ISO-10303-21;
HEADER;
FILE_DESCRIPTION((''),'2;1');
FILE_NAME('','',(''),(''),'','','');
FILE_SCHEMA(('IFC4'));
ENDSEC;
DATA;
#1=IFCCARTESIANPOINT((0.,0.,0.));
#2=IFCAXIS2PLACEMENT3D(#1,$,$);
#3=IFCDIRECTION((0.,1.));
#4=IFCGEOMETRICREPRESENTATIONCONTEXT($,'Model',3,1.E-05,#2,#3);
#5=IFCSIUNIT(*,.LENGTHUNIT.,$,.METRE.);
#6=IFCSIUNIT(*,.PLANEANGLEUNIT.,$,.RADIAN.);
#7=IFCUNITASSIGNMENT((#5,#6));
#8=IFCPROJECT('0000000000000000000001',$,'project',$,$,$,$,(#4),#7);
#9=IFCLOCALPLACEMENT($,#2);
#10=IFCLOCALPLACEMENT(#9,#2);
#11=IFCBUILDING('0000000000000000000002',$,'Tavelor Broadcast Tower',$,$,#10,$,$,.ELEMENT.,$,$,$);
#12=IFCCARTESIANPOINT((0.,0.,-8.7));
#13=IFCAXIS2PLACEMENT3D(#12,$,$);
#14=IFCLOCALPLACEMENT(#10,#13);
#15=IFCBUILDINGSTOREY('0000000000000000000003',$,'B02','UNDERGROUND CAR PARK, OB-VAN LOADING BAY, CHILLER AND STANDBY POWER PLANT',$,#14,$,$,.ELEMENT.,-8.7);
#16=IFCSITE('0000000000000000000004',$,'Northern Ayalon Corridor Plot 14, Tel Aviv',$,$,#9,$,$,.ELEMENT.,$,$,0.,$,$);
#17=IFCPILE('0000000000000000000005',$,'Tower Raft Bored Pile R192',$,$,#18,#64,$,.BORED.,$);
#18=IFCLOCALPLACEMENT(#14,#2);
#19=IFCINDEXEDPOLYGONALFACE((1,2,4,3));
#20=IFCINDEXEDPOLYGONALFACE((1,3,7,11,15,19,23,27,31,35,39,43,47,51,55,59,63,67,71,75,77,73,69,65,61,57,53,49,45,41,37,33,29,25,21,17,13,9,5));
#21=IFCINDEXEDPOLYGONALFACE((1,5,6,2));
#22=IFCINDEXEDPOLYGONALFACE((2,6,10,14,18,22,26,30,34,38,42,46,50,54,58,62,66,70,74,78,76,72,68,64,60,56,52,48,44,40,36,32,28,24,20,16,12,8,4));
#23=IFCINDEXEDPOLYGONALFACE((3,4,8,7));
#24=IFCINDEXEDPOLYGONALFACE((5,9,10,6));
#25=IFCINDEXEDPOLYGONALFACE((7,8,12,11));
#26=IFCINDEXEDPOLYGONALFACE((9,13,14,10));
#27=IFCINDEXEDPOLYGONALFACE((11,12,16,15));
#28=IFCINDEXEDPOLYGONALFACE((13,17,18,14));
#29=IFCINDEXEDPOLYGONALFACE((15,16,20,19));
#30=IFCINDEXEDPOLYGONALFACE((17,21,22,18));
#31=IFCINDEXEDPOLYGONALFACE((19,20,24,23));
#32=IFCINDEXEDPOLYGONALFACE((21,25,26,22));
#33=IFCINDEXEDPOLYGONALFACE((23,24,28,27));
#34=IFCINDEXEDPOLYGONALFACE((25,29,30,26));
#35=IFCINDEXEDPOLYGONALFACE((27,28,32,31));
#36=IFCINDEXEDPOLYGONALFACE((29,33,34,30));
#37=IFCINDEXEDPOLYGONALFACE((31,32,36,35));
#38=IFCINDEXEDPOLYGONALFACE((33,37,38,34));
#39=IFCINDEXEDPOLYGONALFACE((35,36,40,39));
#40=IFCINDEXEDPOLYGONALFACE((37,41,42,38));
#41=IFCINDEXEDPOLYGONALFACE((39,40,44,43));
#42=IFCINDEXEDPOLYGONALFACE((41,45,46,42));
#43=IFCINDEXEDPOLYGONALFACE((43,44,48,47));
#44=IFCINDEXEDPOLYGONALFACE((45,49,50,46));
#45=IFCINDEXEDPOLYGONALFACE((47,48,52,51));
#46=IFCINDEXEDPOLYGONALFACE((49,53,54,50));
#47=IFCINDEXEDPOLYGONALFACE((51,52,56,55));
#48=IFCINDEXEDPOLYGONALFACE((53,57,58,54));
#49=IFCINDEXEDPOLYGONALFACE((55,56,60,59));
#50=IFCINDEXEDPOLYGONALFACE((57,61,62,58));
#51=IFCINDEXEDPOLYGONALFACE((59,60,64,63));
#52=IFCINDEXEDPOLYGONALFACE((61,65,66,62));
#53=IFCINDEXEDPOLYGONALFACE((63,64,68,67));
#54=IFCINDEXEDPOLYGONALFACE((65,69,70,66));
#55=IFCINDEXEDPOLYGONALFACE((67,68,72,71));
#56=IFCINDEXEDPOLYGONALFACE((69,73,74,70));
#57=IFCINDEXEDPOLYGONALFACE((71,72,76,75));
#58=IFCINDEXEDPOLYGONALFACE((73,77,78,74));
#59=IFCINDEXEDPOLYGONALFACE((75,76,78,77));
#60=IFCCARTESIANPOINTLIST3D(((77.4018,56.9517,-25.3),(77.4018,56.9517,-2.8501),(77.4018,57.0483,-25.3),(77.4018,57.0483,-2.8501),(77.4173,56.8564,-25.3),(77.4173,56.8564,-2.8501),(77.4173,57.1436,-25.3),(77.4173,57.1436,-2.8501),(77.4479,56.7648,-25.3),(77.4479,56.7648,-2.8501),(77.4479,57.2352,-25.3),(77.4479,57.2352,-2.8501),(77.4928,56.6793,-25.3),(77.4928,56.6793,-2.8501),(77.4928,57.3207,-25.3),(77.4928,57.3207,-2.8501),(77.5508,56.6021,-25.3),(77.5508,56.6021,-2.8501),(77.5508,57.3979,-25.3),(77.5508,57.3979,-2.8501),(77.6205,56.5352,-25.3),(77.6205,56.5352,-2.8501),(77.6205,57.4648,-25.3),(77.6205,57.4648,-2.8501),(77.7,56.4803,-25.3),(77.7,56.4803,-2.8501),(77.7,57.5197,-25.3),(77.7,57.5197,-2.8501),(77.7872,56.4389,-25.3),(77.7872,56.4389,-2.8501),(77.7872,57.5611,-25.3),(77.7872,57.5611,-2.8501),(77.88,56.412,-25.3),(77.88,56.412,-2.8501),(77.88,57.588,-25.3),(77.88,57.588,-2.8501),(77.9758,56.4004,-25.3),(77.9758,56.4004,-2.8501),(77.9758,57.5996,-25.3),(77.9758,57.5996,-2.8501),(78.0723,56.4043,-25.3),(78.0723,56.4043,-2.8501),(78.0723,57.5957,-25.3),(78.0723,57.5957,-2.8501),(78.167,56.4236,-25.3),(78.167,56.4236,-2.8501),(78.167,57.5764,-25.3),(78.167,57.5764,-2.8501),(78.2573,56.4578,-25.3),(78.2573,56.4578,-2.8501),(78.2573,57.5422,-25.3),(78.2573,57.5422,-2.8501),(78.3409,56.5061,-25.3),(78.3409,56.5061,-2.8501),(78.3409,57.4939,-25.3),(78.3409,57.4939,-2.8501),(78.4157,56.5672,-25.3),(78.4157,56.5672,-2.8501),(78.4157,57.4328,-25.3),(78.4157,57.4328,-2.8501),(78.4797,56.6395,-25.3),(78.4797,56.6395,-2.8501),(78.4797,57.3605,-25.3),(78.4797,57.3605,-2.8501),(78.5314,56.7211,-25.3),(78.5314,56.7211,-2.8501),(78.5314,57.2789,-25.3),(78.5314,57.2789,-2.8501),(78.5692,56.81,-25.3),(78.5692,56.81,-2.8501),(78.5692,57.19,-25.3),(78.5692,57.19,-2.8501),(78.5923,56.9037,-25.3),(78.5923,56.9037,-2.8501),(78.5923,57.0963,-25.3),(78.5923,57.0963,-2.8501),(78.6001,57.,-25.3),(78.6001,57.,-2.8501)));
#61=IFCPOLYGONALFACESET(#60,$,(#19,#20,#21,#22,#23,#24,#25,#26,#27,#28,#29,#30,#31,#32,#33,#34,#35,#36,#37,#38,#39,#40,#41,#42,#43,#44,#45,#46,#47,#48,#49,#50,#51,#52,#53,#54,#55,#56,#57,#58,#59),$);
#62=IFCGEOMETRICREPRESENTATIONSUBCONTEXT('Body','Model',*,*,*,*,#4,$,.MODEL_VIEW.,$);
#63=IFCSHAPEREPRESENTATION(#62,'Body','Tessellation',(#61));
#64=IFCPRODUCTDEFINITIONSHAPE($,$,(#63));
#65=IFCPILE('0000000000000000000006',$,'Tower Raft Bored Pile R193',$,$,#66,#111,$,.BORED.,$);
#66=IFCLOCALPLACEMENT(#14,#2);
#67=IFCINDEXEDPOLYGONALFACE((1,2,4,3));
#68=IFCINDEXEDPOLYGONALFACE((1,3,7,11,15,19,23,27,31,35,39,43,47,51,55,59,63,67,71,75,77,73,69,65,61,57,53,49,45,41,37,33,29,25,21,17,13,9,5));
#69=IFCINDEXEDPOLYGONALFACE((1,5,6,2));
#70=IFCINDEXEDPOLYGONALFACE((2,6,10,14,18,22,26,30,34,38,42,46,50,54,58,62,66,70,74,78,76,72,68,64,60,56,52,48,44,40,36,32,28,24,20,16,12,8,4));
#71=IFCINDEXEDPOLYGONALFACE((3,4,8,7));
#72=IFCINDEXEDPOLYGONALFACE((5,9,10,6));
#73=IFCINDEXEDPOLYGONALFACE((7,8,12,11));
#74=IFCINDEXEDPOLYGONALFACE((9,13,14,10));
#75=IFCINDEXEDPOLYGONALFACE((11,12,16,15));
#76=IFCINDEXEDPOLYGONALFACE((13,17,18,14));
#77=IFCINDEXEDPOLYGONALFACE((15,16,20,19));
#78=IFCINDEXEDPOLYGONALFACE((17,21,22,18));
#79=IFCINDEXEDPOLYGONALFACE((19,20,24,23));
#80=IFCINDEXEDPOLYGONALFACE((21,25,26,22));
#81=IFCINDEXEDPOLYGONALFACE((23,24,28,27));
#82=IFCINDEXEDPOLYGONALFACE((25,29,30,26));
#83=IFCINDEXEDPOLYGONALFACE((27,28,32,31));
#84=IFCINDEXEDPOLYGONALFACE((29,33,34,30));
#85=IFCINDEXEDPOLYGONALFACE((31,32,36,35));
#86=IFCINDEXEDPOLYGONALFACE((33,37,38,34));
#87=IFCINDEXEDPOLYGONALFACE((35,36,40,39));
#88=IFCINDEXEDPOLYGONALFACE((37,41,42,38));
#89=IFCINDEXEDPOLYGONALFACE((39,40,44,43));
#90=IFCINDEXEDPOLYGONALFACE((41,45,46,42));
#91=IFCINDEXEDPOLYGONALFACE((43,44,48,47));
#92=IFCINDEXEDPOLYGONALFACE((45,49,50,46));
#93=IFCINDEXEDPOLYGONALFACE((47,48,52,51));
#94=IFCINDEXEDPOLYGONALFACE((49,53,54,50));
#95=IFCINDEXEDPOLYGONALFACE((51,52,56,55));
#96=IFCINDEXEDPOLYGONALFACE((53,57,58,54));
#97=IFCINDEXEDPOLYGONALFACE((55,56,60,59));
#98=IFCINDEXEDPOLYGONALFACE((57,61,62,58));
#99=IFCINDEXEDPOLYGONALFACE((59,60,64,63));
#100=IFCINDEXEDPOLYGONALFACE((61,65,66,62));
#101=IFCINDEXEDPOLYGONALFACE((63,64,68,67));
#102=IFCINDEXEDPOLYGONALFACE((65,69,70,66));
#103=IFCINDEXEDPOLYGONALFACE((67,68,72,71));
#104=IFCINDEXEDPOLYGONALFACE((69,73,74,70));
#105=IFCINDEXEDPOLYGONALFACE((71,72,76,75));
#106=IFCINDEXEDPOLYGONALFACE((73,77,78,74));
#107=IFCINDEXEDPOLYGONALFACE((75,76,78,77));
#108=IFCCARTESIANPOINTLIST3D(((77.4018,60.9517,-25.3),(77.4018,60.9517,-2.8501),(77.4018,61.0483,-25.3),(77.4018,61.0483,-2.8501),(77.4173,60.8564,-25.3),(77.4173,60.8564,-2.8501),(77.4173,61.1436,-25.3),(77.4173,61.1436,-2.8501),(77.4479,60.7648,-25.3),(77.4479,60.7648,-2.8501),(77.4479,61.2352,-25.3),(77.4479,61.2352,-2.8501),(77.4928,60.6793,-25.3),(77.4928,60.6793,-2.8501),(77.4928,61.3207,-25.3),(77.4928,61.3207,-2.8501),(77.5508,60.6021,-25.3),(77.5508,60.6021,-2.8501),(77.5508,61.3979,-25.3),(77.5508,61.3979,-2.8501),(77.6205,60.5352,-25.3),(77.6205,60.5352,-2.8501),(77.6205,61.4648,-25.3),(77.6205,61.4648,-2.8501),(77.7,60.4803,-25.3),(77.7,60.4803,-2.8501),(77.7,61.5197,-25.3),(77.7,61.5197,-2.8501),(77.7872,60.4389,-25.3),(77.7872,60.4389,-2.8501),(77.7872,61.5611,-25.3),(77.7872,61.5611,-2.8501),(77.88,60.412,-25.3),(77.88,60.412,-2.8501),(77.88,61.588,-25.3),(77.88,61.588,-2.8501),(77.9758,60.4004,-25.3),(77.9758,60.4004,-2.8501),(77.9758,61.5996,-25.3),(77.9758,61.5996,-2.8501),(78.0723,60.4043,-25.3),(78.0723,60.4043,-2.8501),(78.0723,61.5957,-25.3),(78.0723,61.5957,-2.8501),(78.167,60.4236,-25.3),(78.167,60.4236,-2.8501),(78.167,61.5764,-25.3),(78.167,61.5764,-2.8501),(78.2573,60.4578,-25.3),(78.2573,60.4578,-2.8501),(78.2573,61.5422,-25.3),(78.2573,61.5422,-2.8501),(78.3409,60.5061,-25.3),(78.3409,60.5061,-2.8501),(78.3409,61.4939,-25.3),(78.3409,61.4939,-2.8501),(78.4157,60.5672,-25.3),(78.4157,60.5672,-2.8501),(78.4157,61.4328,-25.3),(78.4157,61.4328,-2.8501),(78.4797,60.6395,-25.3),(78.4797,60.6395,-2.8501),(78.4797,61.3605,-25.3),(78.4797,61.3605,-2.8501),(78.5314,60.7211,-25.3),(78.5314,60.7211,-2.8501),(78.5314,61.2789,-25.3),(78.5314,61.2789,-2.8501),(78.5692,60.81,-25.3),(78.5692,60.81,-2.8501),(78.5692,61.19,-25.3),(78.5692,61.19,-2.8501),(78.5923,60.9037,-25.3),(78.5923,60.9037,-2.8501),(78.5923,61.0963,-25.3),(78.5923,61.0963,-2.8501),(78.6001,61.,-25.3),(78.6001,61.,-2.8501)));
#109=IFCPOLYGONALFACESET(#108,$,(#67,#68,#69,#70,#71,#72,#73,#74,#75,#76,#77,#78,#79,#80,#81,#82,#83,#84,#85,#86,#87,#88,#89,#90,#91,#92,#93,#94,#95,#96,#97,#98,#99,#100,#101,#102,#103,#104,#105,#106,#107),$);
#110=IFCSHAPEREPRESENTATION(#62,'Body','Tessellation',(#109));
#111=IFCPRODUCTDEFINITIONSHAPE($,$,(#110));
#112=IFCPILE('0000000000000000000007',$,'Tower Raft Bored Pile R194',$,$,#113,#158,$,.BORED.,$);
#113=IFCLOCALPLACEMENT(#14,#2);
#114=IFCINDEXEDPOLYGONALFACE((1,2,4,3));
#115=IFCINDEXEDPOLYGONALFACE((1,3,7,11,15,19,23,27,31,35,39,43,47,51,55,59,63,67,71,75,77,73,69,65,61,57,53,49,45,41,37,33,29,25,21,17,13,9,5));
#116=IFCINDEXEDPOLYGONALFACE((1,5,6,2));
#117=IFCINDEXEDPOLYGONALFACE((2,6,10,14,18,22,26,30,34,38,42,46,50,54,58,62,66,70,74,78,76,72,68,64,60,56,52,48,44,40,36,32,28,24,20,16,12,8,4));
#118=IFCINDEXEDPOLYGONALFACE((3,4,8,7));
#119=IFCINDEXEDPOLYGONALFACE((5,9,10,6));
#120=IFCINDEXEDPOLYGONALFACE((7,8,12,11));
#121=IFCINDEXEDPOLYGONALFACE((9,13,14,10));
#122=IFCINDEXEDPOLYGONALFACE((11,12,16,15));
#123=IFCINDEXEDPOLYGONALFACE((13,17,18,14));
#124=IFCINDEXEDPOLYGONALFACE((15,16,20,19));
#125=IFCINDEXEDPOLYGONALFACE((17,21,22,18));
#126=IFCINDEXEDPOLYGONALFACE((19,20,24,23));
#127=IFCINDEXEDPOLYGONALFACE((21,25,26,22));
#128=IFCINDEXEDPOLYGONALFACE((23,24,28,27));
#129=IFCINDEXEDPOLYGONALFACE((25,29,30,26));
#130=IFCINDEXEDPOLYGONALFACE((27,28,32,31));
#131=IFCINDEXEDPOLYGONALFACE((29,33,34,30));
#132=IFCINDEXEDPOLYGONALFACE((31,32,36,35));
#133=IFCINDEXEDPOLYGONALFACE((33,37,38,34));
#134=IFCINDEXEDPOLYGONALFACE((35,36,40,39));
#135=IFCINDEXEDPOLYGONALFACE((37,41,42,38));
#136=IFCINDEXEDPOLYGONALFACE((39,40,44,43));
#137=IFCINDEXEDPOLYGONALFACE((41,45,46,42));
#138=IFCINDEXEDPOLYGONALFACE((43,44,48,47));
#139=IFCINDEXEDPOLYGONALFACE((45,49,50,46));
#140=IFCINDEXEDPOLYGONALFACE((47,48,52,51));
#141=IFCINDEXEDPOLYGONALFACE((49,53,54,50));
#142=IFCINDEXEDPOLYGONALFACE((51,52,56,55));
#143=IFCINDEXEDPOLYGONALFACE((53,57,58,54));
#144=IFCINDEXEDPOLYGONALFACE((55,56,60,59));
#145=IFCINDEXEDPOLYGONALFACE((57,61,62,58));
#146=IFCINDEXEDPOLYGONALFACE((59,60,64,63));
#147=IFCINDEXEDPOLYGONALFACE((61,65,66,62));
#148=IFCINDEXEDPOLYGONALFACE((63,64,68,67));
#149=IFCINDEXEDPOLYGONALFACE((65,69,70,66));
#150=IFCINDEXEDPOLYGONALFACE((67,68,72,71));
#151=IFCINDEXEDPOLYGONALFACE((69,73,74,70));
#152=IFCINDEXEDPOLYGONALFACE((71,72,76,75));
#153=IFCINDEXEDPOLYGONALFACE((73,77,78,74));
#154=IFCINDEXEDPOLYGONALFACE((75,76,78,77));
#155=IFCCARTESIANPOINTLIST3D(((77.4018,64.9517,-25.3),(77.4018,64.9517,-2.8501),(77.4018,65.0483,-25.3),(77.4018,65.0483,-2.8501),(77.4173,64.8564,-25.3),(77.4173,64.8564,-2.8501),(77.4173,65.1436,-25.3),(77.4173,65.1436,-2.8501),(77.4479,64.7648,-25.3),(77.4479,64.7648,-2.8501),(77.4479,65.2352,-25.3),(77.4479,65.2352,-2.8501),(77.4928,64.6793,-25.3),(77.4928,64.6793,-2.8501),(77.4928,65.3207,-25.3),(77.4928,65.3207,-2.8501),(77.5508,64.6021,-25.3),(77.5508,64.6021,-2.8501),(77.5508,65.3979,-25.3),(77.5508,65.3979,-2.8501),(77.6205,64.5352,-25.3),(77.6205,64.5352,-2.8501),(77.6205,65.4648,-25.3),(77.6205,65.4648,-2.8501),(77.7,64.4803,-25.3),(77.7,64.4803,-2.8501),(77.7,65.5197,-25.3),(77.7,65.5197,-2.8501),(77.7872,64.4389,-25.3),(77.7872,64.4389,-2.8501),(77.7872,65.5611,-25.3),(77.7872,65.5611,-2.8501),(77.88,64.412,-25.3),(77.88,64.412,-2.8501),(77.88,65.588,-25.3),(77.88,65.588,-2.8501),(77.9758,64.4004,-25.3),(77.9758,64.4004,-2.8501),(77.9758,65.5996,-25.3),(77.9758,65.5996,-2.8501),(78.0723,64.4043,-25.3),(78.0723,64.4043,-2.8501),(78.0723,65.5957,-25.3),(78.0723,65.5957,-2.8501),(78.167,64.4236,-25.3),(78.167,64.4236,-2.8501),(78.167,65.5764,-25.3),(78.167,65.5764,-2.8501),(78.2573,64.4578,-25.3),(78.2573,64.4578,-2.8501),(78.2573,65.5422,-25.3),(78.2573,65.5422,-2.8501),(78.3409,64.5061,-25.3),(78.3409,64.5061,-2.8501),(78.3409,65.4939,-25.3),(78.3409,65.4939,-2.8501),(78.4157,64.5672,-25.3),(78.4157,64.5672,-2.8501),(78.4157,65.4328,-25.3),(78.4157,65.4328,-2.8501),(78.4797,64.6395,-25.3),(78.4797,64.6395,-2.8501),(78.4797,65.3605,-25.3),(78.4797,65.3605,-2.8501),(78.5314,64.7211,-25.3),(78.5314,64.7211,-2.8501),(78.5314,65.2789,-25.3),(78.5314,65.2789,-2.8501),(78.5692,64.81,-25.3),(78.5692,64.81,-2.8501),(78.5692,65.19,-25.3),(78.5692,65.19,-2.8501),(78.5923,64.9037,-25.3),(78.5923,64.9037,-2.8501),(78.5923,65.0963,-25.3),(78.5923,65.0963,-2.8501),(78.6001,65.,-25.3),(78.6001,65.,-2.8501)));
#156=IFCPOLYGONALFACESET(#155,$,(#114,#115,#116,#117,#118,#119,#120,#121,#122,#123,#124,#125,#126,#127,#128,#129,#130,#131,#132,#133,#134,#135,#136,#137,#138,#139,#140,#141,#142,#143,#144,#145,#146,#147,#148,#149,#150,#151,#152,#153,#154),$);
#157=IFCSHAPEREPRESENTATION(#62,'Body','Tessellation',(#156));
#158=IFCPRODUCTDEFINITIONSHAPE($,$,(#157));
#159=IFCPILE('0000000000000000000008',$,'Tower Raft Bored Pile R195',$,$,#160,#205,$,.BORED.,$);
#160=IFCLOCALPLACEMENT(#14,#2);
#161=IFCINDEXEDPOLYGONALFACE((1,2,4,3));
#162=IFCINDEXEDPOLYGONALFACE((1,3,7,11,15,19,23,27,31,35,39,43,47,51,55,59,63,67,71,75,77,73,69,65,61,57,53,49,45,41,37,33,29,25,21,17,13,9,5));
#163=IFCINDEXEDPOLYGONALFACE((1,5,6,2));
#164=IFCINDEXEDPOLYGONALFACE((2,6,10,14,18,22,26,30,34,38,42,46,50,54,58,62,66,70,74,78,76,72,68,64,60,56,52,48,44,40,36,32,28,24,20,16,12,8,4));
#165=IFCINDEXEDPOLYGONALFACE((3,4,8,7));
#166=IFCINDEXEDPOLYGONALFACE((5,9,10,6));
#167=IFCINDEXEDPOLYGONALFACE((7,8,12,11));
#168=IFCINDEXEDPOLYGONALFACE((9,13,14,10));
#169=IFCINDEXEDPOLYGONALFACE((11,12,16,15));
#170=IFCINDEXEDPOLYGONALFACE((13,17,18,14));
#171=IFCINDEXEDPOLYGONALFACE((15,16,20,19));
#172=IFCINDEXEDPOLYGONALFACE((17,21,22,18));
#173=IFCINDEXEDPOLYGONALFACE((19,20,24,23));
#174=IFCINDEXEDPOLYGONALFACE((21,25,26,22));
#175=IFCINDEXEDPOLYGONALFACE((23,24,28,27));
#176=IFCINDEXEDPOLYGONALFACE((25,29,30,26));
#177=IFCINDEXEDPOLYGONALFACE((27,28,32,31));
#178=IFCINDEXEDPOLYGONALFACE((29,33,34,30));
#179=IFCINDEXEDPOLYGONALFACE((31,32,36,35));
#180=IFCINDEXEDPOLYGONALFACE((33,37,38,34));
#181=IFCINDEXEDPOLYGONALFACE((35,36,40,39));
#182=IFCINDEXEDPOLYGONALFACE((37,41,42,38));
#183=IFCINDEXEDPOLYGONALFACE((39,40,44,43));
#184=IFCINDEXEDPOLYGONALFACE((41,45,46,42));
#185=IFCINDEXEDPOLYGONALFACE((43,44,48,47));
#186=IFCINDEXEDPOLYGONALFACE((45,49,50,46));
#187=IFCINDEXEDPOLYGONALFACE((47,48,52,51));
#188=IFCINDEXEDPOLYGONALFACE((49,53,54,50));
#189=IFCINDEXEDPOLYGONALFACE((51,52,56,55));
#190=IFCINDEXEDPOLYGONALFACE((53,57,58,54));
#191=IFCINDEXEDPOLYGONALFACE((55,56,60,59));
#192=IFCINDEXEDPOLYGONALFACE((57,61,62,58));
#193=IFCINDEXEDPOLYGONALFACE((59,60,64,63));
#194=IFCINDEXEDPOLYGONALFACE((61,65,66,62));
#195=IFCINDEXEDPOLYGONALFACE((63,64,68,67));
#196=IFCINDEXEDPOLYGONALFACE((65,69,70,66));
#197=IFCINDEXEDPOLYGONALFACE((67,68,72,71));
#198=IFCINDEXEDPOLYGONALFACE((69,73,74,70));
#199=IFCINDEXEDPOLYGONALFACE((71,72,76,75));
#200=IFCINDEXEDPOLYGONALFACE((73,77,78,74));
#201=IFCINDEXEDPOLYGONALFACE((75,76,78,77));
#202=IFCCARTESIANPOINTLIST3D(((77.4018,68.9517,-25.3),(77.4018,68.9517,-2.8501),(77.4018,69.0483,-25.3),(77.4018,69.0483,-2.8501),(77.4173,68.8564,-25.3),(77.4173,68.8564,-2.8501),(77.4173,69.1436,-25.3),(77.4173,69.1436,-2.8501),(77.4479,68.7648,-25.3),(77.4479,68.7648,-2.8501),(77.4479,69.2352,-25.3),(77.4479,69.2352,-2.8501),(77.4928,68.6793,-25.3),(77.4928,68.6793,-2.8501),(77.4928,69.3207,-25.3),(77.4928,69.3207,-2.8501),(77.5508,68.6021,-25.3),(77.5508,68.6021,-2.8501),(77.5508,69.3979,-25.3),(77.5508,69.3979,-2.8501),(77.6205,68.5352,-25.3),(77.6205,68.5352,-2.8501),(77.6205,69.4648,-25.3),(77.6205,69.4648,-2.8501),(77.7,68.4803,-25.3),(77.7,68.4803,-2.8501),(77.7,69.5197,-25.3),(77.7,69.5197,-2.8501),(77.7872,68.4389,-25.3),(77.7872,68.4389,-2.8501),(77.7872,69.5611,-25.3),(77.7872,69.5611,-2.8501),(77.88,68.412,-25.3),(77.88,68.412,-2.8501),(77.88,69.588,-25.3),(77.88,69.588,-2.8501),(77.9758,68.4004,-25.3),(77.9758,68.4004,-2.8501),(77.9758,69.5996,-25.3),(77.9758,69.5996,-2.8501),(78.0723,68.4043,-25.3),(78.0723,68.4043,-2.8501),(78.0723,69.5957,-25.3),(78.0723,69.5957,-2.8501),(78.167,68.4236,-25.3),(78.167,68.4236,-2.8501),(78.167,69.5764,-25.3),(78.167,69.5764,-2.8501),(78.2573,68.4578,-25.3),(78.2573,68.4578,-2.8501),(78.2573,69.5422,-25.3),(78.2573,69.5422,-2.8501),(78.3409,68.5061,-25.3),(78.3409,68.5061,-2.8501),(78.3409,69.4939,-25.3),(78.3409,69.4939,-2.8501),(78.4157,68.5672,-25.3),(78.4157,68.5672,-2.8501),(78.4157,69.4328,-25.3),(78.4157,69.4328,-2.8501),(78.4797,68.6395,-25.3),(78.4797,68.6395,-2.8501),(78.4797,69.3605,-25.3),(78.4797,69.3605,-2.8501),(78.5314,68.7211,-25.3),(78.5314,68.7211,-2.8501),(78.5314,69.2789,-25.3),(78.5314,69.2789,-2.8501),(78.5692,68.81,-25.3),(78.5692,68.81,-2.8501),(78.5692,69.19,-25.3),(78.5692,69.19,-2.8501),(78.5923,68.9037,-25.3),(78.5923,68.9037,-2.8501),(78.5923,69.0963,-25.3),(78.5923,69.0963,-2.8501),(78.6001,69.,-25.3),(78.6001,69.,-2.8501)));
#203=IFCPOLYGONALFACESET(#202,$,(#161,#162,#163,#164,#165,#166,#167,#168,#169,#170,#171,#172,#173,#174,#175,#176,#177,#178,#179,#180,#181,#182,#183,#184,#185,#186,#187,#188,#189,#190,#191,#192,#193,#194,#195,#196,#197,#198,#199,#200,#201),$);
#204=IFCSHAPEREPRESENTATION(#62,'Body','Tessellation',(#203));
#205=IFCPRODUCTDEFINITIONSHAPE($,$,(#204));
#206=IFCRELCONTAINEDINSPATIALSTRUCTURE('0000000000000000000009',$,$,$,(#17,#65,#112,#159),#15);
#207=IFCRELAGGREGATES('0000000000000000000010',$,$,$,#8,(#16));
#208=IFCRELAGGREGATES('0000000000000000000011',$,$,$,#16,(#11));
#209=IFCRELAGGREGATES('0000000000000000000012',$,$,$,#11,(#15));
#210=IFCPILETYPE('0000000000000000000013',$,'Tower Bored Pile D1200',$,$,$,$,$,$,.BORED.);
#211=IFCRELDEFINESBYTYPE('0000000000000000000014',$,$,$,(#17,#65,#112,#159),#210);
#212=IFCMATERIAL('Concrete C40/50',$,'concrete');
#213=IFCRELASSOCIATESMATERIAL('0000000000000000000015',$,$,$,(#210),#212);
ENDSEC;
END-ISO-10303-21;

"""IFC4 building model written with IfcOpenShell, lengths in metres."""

from ifc_helpers import new_model, si_unit, direction, frame, origin, origin_2d, place, context, subcontext, project, spatial, circle, extrude, material, material_profile, profile_set, type_object, element, save


model = new_model("IFC4")

# Units and contexts
model_context = context("Model", 3, precision=1e-05, world=origin(), true_north=direction((0.0, 1.0)))
body_context = subcontext(model_context, "Body", "Model", "MODEL_VIEW")
ifc_project = project(units=[si_unit("LENGTHUNIT", "METRE"), si_unit("PLANEANGLEUNIT", "RADIAN")], contexts=[model_context])

# Site, building, storey
site_placement = place(None, origin())
site = spatial("IfcSite", under=ifc_project, at=site_placement, Name="Northern Ayalon Corridor Plot 14, Tel Aviv", CompositionType="ELEMENT", RefElevation=0.0)
building_placement = place(site_placement, origin())
building = spatial("IfcBuilding", under=site, at=building_placement, Name="Tavelor Broadcast Tower", CompositionType="ELEMENT")
storey_placement = place(building_placement, frame((0.0, 0.0, -8.7)))
storey = spatial("IfcBuildingStorey", under=building, at=storey_placement, Name="B02", Description="UNDERGROUND CAR PARK, OB-VAN LOADING BAY, CHILLER AND STANDBY POWER PLANT", CompositionType="ELEMENT", Elevation=-8.7)

# Piles
ifc_material_1 = material(Name="Concrete C40/50", Category="concrete")
ifc_material_profile_1 = material_profile(ifc_material_1, circle(Radius=0.6001, at=origin_2d()), Name="PILE D1200")
ifc_profile_set_1 = profile_set([ifc_material_profile_1], Name="Concrete C40/50")
pile_type = type_object("IfcPileType", Name="Tower Bored Pile D1200", PredefinedType="BORED", material=ifc_profile_set_1)
for number, where, z_axis, x_axis, name in (
    (1, (78.0, 57.0, -2.8501), (0.0, 0.0, -1.0), (1.0, 0.0, 0.0), "Tower Raft Bored Pile R192"),
    (2, (78.0, 61.0, -2.8501), (0.0, 0.0, -1.0), (1.0, 0.0, 0.0), "Tower Raft Bored Pile R193"),
    (3, (78.0, 65.0, -2.8501), (0.0, 0.0, -1.0), (1.0, 0.0, 0.0), "Tower Raft Bored Pile R194"),
    (4, (78.0, 69.0, -2.8501), (0.0, 0.0, -1.0), (1.0, 0.0, 0.0), "Tower Raft Bored Pile R195"),
):
    element("IfcPile", number, at=place(storey_placement, frame(where, z_axis=z_axis, x_axis=x_axis)), inside=storey, type_object=pile_type, Name=name, PredefinedType="BORED", context=body_context, shape_type="SweptSolid", body=[
        extrude(circle(Radius=0.6001, at=origin_2d()), origin(), (0.0, 0.0, 1.0), 22.45),
    ])

save(model, "model.ifc")
